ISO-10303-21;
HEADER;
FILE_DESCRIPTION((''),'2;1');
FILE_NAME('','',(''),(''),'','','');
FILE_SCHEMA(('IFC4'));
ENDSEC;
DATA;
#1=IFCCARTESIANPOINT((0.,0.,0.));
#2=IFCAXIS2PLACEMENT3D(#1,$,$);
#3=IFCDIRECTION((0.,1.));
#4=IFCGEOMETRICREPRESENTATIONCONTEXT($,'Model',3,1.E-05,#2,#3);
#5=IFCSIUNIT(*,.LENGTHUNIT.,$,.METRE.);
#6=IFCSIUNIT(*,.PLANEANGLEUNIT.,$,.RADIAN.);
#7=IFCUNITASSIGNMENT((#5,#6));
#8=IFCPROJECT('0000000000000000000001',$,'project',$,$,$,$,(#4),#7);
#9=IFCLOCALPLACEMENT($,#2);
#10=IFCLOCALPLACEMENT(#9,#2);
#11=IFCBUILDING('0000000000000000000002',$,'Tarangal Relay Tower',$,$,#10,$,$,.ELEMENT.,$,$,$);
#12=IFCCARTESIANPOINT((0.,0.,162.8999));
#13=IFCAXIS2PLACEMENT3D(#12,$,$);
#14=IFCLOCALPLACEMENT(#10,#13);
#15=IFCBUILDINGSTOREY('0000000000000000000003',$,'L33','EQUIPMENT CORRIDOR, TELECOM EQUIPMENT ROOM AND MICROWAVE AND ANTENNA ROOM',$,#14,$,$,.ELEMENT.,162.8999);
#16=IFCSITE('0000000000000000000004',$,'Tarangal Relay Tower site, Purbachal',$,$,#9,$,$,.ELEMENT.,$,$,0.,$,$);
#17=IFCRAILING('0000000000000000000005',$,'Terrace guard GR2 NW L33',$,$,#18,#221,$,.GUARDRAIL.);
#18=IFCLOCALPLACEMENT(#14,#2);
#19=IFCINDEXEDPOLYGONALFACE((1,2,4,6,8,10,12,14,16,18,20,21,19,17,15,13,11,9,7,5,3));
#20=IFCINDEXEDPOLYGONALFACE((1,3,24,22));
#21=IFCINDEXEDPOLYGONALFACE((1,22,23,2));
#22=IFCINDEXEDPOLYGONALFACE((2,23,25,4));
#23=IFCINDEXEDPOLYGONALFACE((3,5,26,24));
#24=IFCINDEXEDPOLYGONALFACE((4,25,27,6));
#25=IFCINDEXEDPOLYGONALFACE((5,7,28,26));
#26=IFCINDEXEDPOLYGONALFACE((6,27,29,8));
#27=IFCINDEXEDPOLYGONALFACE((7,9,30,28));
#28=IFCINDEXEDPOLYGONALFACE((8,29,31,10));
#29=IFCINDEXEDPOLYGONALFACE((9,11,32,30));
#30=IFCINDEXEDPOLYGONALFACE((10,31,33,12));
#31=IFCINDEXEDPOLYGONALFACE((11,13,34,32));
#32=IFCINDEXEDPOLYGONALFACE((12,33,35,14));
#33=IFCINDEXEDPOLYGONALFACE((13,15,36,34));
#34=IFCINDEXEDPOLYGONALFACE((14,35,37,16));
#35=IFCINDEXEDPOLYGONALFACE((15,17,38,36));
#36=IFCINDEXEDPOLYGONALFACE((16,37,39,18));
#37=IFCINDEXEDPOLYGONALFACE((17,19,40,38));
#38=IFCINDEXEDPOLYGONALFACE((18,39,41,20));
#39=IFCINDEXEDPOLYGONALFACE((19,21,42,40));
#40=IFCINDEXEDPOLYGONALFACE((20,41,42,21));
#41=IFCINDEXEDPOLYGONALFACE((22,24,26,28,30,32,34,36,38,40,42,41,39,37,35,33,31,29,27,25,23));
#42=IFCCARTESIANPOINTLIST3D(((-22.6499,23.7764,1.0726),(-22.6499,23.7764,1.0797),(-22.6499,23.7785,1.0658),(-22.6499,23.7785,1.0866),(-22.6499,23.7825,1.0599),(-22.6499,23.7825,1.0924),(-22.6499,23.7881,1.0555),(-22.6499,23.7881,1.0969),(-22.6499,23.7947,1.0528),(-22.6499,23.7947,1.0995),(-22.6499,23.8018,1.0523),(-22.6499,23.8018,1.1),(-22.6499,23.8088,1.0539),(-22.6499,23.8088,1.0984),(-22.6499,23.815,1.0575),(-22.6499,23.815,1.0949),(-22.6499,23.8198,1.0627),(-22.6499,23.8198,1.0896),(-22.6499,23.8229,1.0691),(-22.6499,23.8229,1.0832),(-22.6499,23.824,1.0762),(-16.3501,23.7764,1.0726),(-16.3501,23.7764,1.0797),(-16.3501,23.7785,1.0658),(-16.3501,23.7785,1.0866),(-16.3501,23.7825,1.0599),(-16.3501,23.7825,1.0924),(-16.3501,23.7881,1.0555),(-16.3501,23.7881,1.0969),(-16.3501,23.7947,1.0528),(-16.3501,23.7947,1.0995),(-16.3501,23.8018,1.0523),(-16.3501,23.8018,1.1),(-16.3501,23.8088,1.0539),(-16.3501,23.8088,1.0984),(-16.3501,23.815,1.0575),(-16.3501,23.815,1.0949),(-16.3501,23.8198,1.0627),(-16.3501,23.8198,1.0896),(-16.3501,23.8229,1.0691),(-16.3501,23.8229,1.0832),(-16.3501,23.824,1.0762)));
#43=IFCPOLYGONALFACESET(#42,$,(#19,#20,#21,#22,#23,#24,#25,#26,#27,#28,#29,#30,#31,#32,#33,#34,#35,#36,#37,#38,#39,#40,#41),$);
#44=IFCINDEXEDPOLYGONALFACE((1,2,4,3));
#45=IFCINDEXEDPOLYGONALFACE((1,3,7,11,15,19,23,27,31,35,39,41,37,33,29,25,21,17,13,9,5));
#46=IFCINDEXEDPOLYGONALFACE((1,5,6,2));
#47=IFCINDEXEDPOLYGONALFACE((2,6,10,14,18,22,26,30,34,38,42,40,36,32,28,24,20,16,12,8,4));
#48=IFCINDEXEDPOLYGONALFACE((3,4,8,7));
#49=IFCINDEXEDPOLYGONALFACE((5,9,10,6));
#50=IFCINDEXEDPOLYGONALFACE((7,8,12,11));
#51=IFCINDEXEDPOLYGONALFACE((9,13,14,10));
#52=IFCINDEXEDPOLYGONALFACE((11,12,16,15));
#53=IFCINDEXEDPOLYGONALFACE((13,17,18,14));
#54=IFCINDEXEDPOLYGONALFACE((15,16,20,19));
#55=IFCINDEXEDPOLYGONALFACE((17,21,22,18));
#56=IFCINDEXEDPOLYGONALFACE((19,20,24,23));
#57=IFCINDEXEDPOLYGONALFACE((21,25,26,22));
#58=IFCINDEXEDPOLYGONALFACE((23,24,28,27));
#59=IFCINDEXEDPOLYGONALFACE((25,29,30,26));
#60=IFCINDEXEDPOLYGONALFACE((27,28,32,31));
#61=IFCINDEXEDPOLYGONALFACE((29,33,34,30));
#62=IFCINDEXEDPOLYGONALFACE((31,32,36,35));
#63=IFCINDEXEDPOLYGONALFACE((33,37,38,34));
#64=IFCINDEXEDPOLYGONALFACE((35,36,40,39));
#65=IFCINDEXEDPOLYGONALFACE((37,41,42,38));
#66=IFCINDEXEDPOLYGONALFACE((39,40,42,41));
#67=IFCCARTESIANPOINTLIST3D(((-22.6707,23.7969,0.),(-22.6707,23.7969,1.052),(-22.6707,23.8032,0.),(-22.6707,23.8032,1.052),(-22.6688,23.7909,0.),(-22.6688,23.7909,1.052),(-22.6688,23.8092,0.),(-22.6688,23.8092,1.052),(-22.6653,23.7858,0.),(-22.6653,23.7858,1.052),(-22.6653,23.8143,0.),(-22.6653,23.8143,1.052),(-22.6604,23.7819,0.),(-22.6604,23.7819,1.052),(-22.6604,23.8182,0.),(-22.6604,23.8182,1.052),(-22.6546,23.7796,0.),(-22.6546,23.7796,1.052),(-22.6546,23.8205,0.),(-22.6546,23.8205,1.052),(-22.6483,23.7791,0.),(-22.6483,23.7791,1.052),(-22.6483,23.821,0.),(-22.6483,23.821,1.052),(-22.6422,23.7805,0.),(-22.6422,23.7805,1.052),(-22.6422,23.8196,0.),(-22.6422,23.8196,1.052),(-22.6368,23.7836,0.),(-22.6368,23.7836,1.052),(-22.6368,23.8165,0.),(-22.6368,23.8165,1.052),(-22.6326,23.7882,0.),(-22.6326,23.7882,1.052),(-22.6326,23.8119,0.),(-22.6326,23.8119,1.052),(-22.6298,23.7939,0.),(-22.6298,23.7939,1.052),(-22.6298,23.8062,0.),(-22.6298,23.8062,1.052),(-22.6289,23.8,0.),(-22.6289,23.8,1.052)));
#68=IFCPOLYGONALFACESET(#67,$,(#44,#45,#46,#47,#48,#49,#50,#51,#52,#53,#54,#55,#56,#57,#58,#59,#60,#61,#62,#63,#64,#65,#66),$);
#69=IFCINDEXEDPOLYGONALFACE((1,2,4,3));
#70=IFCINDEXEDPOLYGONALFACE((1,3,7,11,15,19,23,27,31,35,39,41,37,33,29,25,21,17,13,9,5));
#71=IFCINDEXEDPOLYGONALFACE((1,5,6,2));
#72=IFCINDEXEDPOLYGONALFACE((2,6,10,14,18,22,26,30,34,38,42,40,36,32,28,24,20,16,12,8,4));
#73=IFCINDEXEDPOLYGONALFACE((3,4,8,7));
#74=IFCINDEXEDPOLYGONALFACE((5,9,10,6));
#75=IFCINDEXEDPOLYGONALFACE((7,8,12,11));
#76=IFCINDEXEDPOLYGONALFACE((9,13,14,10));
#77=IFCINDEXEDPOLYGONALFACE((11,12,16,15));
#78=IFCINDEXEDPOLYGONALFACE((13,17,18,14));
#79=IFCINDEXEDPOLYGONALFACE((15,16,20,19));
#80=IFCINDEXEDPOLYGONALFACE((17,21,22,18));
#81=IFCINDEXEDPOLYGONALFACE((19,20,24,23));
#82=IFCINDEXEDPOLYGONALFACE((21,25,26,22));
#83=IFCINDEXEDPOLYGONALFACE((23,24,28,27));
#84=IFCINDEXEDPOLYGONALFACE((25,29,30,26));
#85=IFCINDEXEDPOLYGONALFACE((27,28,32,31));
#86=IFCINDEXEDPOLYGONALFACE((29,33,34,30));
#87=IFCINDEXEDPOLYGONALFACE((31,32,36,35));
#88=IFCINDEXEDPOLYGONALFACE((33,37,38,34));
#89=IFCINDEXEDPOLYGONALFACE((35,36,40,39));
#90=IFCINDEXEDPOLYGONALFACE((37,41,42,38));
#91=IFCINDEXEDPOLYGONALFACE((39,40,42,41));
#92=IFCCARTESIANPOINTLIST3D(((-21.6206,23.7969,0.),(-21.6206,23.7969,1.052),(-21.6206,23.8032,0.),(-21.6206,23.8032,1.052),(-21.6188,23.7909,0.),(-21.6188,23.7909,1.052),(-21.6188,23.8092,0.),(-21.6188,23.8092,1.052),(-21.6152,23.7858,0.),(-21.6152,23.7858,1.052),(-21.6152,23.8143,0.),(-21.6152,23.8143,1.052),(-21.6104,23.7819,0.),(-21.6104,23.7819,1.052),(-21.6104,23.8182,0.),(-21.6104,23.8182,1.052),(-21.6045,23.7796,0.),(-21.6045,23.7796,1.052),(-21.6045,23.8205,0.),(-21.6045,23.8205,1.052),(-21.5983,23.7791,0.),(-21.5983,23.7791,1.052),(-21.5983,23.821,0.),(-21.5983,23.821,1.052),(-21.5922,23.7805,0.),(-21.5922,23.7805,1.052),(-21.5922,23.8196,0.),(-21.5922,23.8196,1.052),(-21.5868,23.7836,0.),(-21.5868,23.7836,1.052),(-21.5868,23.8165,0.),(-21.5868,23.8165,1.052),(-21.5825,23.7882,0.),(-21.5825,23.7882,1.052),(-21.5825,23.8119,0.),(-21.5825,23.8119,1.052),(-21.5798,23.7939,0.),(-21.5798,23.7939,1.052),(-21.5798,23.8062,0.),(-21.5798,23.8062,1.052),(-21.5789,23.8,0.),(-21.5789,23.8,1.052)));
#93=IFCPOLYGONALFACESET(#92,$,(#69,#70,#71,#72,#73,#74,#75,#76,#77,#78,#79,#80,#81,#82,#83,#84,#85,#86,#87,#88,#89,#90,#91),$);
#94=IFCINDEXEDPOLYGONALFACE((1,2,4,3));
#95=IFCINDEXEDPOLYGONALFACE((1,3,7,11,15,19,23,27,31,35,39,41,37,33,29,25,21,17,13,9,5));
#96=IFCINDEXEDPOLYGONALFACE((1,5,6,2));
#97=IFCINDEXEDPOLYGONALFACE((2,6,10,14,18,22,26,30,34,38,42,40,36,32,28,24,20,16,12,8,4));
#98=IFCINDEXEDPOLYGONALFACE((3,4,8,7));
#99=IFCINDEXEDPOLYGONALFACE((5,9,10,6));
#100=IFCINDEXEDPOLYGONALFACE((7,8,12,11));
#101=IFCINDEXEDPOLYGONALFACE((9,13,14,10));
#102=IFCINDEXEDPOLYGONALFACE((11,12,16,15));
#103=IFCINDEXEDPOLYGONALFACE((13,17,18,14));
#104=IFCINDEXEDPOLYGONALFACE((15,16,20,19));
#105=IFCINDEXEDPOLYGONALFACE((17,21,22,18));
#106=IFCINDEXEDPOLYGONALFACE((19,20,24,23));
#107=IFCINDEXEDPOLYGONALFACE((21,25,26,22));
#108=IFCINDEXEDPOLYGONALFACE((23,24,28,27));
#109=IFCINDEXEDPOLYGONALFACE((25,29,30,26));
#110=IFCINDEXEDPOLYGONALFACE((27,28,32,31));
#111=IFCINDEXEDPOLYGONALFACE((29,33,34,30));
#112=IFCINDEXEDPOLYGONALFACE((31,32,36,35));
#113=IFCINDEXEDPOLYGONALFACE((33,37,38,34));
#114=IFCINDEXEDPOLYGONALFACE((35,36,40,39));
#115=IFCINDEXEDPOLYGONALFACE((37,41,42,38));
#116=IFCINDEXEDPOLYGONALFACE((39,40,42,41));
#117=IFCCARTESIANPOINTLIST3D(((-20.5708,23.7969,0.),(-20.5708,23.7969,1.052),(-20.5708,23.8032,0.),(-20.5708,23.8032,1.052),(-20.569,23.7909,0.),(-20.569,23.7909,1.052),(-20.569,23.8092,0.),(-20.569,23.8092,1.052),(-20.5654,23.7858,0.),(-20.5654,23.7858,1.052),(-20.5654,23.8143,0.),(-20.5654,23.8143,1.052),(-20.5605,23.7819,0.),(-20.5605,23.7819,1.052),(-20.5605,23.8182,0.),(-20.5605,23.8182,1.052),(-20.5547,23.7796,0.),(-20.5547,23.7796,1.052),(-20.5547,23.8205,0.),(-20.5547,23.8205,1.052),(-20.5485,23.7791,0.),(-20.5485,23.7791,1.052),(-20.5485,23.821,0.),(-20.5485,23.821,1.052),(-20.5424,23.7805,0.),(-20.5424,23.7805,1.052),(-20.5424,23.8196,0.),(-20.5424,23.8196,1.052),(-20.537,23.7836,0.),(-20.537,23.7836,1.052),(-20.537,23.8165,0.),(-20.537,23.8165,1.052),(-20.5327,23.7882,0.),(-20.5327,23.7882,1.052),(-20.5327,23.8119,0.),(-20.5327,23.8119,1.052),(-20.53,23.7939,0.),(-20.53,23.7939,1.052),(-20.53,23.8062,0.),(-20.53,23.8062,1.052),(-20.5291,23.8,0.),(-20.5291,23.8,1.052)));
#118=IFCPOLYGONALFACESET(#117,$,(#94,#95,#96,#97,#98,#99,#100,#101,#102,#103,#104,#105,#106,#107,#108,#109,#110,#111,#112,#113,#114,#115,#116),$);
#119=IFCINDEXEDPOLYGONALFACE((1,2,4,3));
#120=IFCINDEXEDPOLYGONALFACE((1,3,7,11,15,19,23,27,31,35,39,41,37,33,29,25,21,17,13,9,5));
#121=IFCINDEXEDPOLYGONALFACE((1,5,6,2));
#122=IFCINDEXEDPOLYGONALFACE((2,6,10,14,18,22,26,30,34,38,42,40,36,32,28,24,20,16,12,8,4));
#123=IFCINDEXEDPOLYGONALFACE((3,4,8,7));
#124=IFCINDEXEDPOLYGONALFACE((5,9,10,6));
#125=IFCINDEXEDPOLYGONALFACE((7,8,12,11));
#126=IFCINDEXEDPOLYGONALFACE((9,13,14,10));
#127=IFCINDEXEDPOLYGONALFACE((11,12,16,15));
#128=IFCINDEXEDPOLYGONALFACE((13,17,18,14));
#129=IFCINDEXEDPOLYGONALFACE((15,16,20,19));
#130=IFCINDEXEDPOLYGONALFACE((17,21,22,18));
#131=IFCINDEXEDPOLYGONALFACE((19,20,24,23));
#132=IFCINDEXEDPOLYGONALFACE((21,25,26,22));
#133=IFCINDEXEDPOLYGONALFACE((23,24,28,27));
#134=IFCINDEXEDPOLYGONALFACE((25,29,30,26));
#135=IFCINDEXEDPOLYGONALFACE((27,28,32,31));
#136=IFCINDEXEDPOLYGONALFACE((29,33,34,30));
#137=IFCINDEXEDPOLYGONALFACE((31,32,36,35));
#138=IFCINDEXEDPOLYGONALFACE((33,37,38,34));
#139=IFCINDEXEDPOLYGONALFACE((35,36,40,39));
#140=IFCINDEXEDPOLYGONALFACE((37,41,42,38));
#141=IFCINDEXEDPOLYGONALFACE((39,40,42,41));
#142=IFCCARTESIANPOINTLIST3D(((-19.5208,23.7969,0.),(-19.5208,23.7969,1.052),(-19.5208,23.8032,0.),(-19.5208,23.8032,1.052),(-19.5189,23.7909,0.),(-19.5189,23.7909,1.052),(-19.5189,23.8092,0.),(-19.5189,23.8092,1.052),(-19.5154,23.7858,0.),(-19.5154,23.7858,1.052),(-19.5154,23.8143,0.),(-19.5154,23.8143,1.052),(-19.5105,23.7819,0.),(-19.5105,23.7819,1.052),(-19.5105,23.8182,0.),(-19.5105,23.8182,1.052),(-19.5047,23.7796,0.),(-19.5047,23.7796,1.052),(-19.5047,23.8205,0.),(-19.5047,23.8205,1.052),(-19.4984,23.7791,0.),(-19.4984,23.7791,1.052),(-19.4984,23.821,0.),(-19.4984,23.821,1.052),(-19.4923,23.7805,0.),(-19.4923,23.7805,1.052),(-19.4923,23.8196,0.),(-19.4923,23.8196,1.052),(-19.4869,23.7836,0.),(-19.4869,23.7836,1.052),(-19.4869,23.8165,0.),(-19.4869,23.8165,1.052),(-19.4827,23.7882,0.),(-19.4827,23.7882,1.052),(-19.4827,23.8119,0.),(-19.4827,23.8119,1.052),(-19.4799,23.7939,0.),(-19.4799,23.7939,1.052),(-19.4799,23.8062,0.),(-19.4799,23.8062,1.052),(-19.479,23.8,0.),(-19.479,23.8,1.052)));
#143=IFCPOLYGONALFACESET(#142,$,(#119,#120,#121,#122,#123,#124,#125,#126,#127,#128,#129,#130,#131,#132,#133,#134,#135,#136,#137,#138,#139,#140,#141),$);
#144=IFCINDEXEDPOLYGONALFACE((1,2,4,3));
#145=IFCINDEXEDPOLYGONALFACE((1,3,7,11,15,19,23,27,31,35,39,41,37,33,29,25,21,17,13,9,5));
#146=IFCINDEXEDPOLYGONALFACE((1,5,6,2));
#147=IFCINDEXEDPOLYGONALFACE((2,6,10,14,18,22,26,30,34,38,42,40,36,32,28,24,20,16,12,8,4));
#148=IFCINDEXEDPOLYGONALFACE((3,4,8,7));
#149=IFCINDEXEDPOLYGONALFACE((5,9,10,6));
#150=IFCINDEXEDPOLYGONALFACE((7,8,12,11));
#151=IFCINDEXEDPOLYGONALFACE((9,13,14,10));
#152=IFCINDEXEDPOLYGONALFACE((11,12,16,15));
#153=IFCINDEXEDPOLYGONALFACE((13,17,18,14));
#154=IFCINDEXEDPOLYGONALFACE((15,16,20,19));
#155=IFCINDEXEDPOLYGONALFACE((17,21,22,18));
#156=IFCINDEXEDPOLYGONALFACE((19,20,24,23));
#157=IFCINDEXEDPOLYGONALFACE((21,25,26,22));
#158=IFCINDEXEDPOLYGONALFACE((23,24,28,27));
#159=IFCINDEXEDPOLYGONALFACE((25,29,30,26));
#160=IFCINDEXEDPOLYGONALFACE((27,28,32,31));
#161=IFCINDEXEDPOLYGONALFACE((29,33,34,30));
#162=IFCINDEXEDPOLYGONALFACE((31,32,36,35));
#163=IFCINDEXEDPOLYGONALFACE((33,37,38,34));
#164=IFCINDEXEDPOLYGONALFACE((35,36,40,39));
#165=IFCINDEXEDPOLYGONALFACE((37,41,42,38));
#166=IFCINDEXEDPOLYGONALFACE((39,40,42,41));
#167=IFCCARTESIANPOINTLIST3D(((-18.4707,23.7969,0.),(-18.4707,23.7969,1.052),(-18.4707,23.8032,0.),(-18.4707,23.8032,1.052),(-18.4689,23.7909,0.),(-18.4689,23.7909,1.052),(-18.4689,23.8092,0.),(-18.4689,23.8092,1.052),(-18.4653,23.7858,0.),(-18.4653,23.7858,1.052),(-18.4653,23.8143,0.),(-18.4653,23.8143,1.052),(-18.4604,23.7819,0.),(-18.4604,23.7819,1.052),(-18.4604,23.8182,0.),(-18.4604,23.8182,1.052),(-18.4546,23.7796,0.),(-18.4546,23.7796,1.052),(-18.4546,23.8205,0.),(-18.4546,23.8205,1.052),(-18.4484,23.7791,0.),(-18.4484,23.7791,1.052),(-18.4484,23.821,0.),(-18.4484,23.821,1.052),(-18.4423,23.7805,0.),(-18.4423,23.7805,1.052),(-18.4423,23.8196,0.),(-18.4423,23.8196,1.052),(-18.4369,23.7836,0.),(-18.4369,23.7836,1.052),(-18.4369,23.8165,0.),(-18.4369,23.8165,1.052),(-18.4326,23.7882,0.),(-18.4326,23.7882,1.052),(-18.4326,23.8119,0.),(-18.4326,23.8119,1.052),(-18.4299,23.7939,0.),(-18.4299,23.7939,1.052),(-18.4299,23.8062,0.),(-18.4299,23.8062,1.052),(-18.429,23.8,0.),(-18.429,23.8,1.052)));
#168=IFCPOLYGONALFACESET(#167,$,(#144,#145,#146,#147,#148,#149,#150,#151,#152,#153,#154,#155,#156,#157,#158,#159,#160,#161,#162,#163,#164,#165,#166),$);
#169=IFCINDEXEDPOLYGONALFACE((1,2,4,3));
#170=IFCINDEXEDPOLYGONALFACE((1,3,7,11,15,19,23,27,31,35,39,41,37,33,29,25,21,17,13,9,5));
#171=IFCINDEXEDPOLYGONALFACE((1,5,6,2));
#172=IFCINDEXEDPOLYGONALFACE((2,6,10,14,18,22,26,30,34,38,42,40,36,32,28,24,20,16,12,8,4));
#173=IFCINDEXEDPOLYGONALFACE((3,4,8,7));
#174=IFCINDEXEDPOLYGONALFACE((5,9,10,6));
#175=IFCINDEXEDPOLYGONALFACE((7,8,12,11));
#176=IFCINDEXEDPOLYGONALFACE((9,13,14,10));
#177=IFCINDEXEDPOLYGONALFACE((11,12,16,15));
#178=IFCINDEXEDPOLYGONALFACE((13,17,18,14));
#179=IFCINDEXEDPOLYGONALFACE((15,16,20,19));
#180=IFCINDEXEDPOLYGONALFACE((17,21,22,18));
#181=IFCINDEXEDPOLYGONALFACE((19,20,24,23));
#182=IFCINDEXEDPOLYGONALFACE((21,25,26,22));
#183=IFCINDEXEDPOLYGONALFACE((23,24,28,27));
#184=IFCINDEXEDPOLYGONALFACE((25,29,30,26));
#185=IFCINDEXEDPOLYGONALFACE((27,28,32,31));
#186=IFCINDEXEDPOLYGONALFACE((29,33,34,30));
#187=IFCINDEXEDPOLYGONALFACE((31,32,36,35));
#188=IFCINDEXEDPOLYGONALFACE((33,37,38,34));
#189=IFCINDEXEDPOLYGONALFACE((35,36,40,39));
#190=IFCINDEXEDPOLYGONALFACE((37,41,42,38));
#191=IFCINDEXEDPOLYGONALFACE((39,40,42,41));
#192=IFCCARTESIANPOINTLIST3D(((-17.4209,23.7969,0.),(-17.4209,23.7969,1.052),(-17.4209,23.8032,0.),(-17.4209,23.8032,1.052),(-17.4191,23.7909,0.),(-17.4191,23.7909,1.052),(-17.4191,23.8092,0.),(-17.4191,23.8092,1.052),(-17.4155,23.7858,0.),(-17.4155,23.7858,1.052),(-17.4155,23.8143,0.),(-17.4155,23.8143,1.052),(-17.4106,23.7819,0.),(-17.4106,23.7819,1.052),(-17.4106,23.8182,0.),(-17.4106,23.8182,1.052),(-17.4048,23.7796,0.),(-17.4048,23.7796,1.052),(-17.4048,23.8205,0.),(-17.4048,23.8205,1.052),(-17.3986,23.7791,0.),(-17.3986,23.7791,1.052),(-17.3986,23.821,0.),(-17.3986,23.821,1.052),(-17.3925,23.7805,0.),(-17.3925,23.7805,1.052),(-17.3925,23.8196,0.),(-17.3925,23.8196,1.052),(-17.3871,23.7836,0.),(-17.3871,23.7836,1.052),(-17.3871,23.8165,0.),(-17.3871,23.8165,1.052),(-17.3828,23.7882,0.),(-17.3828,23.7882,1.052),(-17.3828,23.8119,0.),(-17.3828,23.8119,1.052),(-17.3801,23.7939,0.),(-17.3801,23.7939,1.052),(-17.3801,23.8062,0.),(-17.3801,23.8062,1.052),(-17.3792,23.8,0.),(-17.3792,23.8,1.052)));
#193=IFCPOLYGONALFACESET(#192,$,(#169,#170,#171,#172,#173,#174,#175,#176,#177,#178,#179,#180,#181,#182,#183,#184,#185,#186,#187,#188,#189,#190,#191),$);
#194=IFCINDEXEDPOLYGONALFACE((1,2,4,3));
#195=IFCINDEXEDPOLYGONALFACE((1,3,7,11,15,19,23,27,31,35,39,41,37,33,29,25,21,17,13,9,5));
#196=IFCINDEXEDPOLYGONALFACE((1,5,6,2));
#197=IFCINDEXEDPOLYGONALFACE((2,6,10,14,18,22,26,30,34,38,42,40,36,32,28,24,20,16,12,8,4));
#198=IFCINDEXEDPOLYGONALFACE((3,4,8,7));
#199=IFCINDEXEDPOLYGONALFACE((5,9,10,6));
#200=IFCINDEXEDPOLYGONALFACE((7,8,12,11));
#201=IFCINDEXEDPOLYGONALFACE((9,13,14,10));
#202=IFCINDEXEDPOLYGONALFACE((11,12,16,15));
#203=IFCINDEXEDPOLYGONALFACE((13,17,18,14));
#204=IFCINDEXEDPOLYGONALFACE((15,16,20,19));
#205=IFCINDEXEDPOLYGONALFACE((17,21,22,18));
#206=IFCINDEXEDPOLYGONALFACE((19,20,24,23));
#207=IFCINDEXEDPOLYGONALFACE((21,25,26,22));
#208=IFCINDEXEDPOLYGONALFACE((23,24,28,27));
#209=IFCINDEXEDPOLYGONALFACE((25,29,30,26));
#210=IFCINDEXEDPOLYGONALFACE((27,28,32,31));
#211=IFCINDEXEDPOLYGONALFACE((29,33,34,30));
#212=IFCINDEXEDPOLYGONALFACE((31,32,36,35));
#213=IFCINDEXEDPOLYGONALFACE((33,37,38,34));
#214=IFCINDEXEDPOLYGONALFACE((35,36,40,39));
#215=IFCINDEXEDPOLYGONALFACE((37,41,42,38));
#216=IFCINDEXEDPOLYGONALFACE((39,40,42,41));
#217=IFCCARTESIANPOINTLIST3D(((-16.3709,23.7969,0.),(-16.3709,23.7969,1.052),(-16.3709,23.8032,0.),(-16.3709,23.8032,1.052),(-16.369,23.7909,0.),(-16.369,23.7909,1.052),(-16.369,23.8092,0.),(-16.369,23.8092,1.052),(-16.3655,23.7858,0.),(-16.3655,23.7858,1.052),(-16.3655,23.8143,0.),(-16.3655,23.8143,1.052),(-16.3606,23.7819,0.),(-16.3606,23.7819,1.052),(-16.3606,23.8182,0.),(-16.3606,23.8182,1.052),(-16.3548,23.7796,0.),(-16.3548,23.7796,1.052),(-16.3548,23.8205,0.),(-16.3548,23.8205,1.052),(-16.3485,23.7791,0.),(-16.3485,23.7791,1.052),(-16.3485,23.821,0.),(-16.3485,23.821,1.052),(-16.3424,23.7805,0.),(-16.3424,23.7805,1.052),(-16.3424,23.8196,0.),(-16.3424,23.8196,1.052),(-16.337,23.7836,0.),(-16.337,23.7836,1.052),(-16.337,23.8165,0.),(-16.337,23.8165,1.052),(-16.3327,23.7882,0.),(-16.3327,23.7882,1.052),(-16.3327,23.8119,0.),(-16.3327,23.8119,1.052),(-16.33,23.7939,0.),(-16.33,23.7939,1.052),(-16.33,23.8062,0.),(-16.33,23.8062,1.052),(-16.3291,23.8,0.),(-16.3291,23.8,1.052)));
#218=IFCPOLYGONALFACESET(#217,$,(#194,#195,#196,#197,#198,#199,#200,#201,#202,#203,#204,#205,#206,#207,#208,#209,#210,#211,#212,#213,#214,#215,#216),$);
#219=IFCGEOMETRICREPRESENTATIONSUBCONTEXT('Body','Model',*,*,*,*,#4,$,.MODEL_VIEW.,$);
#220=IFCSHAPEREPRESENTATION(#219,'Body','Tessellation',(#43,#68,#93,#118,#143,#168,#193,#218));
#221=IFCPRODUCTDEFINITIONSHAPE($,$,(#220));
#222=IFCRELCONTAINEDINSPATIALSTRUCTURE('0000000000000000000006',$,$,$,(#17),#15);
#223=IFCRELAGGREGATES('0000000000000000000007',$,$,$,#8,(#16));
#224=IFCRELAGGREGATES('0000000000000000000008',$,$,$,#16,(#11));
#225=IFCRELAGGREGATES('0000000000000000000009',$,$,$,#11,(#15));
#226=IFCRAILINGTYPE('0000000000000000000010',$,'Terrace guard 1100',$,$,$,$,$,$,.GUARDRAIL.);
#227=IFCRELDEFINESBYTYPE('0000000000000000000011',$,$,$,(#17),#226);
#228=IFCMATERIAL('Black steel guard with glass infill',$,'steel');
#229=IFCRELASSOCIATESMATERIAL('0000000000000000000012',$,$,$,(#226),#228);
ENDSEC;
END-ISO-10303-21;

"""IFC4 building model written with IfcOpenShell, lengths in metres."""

from ifc_helpers import new_model, si_unit, direction, frame, origin, origin_2d, place, context, subcontext, project, spatial, circle, extrude, material, type_object, element, save


model = new_model("IFC4")

# Units and contexts
model_context = context("Model", 3, precision=1e-05, world=origin(), true_north=direction((0.0, 1.0)))
body_context = subcontext(model_context, "Body", "Model", "MODEL_VIEW")
ifc_project = project(units=[si_unit("LENGTHUNIT", "METRE"), si_unit("PLANEANGLEUNIT", "RADIAN")], contexts=[model_context])

# Site, building, storey
site_placement = place(None, origin())
site = spatial("IfcSite", under=ifc_project, at=site_placement, Name="Tarangal Relay Tower site, Purbachal", CompositionType="ELEMENT", RefElevation=0.0)
building_placement = place(site_placement, origin())
building = spatial("IfcBuilding", under=site, at=building_placement, Name="Tarangal Relay Tower", CompositionType="ELEMENT")
storey_placement = place(building_placement, frame((0.0, 0.0, 162.8999)))
storey = spatial("IfcBuildingStorey", under=building, at=storey_placement, Name="L33", Description="EQUIPMENT CORRIDOR, TELECOM EQUIPMENT ROOM AND MICROWAVE AND ANTENNA ROOM", CompositionType="ELEMENT", Elevation=162.8999)

# Railing
ifc_material_1 = material(Name="Black steel guard with glass infill", Category="steel")
railing_type = type_object("IfcRailingType", Name="Terrace guard 1100", PredefinedType="GUARDRAIL", material=ifc_material_1)
railing_1_placement = place(storey_placement, frame((-22.6499, 23.8, 0.0)))
element("IfcRailing", 1, at=railing_1_placement, inside=storey, type_object=railing_type, Name="Terrace guard GR2 NW L33", PredefinedType="GUARDRAIL", context=body_context, shape_type="SweptSolid", body=[
    extrude(circle(Radius=0.0239, at=origin_2d()), frame((0.0, 0.0, 1.0762), z_axis=(1.0, 0.0, 0.0), x_axis=(0.0, 1.0, 0.0)), (0.0, 0.0, 1.0), 6.2998),
    extrude(circle(Radius=0.021, at=origin_2d()), origin(), (0.0, 0.0, 1.0), 1.052),
    extrude(circle(Radius=0.021, at=origin_2d()), frame((1.05, 0.0, 0.0)), (0.0, 0.0, 1.0), 1.052),
    extrude(circle(Radius=0.021, at=origin_2d()), frame((2.0999, 0.0, 0.0)), (0.0, 0.0, 1.0), 1.052),
    extrude(circle(Radius=0.021, at=origin_2d()), frame((3.1499, 0.0, 0.0)), (0.0, 0.0, 1.0), 1.052),
    extrude(circle(Radius=0.021, at=origin_2d()), frame((4.2, 0.0, 0.0)), (0.0, 0.0, 1.0), 1.052),
    extrude(circle(Radius=0.021, at=origin_2d()), frame((5.2498, 0.0, 0.0)), (0.0, 0.0, 1.0), 1.052),
    extrude(circle(Radius=0.021, at=origin_2d()), frame((6.2998, 0.0, 0.0)), (0.0, 0.0, 1.0), 1.052),
])

save(model, "model.ifc")
